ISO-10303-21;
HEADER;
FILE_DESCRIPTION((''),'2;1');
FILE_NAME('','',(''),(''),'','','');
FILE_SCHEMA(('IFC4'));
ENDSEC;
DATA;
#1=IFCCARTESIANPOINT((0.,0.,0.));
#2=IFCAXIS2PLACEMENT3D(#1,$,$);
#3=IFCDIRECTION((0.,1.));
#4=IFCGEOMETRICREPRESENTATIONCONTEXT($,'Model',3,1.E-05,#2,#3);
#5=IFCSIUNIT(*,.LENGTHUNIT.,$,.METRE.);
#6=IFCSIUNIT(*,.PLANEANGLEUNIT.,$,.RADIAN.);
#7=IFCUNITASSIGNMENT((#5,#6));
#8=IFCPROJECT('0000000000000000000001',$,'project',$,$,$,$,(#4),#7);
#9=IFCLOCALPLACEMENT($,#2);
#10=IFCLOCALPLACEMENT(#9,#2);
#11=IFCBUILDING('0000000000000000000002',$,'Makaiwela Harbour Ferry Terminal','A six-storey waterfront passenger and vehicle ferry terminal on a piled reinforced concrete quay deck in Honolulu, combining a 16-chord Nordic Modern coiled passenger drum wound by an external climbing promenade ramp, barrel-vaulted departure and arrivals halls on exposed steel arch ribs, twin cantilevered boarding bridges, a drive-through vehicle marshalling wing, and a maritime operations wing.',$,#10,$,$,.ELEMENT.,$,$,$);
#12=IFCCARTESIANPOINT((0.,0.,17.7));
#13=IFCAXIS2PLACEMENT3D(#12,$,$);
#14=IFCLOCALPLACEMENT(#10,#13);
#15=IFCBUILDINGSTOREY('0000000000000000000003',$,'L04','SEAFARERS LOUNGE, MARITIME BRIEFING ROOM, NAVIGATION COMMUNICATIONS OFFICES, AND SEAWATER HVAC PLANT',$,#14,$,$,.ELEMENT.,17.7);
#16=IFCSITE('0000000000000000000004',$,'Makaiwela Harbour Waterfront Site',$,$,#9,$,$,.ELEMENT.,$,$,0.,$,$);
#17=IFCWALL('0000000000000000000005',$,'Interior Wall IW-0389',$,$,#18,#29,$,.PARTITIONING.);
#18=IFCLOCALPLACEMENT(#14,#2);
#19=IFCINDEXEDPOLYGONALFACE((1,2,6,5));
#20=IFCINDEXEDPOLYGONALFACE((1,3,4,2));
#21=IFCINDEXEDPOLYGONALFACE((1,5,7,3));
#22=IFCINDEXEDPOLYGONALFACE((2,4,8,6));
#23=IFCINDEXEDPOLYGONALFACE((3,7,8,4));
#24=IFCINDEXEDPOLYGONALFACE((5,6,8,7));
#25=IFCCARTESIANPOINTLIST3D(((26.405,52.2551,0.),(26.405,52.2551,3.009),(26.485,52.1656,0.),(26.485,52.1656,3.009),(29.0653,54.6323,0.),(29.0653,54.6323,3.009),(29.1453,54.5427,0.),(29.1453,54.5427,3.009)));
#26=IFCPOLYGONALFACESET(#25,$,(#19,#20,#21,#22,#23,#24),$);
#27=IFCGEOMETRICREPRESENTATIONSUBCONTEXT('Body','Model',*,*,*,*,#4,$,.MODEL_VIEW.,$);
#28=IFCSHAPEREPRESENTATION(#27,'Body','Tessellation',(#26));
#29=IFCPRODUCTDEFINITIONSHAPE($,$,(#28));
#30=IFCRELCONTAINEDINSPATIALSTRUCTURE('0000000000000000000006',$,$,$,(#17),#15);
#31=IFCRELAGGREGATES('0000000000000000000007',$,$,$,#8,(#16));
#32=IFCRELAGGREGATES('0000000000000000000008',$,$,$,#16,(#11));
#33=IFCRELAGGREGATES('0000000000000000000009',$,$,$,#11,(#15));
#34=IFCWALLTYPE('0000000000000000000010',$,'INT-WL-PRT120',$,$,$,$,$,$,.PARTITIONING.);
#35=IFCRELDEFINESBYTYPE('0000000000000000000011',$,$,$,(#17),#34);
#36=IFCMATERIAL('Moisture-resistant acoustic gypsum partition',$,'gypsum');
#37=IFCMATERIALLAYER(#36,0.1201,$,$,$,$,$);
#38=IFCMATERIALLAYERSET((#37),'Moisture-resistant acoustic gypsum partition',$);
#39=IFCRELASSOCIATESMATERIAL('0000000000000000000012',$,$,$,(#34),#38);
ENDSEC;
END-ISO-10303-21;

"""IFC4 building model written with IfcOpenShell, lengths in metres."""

from ifc_helpers import new_model, si_unit, direction, frame, frame_2d, origin, place, context, subcontext, project, spatial, rectangle, extrude, material, layer, layer_set, type_object, element, save


model = new_model("IFC4")

# Units and contexts
model_context = context("Model", 3, precision=1e-05, world=origin(), true_north=direction((0.0, 1.0)))
body_context = subcontext(model_context, "Body", "Model", "MODEL_VIEW")
ifc_project = project(units=[si_unit("LENGTHUNIT", "METRE"), si_unit("PLANEANGLEUNIT", "RADIAN")], contexts=[model_context])

# Site, building, storey
site_placement = place(None, origin())
site = spatial("IfcSite", under=ifc_project, at=site_placement, Name="Makaiwela Harbour Waterfront Site", CompositionType="ELEMENT", RefElevation=0.0)
building_placement = place(site_placement, origin())
building = spatial("IfcBuilding", under=site, at=building_placement, Name="Makaiwela Harbour Ferry Terminal", Description="A six-storey waterfront passenger and vehicle ferry terminal on a piled reinforced concrete quay deck in Honolulu, combining a 16-chord Nordic Modern coiled passenger drum wound by an external climbing promenade ramp, barrel-vaulted departure and arrivals halls on exposed steel arch ribs, twin cantilevered boarding bridges, a drive-through vehicle marshalling wing, and a maritime operations wing.", CompositionType="ELEMENT")
storey_placement = place(building_placement, frame((0.0, 0.0, 17.7)))
storey = spatial("IfcBuildingStorey", under=building, at=storey_placement, Name="L04", Description="SEAFARERS LOUNGE, MARITIME BRIEFING ROOM, NAVIGATION COMMUNICATIONS OFFICES, AND SEAWATER HVAC PLANT", CompositionType="ELEMENT", Elevation=17.7)

# Shared definitions
ifc_material_1 = material(Name="Moisture-resistant acoustic gypsum partition", Category="gypsum")
ifc_layer_1 = layer(ifc_material_1, 0.1201)
ifc_layer_set_1 = layer_set([ifc_layer_1], Name="Moisture-resistant acoustic gypsum partition")
wall_type_1 = type_object("IfcWallType", Name="INT-WL-PRT120", PredefinedType="PARTITIONING", material=ifc_layer_set_1)

# Wall
wall_1_placement = place(storey_placement, frame((29.1052, 54.5874, 0.0), z_axis=(0.0, 0.0, 1.0), x_axis=(-0.745681, -0.666303, 0.0)))
element("IfcWall", 1, at=wall_1_placement, inside=storey, type_object=wall_type_1, Name="Interior Wall IW-0389", PredefinedType="PARTITIONING", context=body_context, shape_type="SweptSolid", body=[
    extrude(rectangle(XDim=3.5676, YDim=0.1201, at=frame_2d((1.7837, 0.0))), origin(), (0.0, 0.0, 1.0), 3.009),
])

save(model, "model.ifc")
